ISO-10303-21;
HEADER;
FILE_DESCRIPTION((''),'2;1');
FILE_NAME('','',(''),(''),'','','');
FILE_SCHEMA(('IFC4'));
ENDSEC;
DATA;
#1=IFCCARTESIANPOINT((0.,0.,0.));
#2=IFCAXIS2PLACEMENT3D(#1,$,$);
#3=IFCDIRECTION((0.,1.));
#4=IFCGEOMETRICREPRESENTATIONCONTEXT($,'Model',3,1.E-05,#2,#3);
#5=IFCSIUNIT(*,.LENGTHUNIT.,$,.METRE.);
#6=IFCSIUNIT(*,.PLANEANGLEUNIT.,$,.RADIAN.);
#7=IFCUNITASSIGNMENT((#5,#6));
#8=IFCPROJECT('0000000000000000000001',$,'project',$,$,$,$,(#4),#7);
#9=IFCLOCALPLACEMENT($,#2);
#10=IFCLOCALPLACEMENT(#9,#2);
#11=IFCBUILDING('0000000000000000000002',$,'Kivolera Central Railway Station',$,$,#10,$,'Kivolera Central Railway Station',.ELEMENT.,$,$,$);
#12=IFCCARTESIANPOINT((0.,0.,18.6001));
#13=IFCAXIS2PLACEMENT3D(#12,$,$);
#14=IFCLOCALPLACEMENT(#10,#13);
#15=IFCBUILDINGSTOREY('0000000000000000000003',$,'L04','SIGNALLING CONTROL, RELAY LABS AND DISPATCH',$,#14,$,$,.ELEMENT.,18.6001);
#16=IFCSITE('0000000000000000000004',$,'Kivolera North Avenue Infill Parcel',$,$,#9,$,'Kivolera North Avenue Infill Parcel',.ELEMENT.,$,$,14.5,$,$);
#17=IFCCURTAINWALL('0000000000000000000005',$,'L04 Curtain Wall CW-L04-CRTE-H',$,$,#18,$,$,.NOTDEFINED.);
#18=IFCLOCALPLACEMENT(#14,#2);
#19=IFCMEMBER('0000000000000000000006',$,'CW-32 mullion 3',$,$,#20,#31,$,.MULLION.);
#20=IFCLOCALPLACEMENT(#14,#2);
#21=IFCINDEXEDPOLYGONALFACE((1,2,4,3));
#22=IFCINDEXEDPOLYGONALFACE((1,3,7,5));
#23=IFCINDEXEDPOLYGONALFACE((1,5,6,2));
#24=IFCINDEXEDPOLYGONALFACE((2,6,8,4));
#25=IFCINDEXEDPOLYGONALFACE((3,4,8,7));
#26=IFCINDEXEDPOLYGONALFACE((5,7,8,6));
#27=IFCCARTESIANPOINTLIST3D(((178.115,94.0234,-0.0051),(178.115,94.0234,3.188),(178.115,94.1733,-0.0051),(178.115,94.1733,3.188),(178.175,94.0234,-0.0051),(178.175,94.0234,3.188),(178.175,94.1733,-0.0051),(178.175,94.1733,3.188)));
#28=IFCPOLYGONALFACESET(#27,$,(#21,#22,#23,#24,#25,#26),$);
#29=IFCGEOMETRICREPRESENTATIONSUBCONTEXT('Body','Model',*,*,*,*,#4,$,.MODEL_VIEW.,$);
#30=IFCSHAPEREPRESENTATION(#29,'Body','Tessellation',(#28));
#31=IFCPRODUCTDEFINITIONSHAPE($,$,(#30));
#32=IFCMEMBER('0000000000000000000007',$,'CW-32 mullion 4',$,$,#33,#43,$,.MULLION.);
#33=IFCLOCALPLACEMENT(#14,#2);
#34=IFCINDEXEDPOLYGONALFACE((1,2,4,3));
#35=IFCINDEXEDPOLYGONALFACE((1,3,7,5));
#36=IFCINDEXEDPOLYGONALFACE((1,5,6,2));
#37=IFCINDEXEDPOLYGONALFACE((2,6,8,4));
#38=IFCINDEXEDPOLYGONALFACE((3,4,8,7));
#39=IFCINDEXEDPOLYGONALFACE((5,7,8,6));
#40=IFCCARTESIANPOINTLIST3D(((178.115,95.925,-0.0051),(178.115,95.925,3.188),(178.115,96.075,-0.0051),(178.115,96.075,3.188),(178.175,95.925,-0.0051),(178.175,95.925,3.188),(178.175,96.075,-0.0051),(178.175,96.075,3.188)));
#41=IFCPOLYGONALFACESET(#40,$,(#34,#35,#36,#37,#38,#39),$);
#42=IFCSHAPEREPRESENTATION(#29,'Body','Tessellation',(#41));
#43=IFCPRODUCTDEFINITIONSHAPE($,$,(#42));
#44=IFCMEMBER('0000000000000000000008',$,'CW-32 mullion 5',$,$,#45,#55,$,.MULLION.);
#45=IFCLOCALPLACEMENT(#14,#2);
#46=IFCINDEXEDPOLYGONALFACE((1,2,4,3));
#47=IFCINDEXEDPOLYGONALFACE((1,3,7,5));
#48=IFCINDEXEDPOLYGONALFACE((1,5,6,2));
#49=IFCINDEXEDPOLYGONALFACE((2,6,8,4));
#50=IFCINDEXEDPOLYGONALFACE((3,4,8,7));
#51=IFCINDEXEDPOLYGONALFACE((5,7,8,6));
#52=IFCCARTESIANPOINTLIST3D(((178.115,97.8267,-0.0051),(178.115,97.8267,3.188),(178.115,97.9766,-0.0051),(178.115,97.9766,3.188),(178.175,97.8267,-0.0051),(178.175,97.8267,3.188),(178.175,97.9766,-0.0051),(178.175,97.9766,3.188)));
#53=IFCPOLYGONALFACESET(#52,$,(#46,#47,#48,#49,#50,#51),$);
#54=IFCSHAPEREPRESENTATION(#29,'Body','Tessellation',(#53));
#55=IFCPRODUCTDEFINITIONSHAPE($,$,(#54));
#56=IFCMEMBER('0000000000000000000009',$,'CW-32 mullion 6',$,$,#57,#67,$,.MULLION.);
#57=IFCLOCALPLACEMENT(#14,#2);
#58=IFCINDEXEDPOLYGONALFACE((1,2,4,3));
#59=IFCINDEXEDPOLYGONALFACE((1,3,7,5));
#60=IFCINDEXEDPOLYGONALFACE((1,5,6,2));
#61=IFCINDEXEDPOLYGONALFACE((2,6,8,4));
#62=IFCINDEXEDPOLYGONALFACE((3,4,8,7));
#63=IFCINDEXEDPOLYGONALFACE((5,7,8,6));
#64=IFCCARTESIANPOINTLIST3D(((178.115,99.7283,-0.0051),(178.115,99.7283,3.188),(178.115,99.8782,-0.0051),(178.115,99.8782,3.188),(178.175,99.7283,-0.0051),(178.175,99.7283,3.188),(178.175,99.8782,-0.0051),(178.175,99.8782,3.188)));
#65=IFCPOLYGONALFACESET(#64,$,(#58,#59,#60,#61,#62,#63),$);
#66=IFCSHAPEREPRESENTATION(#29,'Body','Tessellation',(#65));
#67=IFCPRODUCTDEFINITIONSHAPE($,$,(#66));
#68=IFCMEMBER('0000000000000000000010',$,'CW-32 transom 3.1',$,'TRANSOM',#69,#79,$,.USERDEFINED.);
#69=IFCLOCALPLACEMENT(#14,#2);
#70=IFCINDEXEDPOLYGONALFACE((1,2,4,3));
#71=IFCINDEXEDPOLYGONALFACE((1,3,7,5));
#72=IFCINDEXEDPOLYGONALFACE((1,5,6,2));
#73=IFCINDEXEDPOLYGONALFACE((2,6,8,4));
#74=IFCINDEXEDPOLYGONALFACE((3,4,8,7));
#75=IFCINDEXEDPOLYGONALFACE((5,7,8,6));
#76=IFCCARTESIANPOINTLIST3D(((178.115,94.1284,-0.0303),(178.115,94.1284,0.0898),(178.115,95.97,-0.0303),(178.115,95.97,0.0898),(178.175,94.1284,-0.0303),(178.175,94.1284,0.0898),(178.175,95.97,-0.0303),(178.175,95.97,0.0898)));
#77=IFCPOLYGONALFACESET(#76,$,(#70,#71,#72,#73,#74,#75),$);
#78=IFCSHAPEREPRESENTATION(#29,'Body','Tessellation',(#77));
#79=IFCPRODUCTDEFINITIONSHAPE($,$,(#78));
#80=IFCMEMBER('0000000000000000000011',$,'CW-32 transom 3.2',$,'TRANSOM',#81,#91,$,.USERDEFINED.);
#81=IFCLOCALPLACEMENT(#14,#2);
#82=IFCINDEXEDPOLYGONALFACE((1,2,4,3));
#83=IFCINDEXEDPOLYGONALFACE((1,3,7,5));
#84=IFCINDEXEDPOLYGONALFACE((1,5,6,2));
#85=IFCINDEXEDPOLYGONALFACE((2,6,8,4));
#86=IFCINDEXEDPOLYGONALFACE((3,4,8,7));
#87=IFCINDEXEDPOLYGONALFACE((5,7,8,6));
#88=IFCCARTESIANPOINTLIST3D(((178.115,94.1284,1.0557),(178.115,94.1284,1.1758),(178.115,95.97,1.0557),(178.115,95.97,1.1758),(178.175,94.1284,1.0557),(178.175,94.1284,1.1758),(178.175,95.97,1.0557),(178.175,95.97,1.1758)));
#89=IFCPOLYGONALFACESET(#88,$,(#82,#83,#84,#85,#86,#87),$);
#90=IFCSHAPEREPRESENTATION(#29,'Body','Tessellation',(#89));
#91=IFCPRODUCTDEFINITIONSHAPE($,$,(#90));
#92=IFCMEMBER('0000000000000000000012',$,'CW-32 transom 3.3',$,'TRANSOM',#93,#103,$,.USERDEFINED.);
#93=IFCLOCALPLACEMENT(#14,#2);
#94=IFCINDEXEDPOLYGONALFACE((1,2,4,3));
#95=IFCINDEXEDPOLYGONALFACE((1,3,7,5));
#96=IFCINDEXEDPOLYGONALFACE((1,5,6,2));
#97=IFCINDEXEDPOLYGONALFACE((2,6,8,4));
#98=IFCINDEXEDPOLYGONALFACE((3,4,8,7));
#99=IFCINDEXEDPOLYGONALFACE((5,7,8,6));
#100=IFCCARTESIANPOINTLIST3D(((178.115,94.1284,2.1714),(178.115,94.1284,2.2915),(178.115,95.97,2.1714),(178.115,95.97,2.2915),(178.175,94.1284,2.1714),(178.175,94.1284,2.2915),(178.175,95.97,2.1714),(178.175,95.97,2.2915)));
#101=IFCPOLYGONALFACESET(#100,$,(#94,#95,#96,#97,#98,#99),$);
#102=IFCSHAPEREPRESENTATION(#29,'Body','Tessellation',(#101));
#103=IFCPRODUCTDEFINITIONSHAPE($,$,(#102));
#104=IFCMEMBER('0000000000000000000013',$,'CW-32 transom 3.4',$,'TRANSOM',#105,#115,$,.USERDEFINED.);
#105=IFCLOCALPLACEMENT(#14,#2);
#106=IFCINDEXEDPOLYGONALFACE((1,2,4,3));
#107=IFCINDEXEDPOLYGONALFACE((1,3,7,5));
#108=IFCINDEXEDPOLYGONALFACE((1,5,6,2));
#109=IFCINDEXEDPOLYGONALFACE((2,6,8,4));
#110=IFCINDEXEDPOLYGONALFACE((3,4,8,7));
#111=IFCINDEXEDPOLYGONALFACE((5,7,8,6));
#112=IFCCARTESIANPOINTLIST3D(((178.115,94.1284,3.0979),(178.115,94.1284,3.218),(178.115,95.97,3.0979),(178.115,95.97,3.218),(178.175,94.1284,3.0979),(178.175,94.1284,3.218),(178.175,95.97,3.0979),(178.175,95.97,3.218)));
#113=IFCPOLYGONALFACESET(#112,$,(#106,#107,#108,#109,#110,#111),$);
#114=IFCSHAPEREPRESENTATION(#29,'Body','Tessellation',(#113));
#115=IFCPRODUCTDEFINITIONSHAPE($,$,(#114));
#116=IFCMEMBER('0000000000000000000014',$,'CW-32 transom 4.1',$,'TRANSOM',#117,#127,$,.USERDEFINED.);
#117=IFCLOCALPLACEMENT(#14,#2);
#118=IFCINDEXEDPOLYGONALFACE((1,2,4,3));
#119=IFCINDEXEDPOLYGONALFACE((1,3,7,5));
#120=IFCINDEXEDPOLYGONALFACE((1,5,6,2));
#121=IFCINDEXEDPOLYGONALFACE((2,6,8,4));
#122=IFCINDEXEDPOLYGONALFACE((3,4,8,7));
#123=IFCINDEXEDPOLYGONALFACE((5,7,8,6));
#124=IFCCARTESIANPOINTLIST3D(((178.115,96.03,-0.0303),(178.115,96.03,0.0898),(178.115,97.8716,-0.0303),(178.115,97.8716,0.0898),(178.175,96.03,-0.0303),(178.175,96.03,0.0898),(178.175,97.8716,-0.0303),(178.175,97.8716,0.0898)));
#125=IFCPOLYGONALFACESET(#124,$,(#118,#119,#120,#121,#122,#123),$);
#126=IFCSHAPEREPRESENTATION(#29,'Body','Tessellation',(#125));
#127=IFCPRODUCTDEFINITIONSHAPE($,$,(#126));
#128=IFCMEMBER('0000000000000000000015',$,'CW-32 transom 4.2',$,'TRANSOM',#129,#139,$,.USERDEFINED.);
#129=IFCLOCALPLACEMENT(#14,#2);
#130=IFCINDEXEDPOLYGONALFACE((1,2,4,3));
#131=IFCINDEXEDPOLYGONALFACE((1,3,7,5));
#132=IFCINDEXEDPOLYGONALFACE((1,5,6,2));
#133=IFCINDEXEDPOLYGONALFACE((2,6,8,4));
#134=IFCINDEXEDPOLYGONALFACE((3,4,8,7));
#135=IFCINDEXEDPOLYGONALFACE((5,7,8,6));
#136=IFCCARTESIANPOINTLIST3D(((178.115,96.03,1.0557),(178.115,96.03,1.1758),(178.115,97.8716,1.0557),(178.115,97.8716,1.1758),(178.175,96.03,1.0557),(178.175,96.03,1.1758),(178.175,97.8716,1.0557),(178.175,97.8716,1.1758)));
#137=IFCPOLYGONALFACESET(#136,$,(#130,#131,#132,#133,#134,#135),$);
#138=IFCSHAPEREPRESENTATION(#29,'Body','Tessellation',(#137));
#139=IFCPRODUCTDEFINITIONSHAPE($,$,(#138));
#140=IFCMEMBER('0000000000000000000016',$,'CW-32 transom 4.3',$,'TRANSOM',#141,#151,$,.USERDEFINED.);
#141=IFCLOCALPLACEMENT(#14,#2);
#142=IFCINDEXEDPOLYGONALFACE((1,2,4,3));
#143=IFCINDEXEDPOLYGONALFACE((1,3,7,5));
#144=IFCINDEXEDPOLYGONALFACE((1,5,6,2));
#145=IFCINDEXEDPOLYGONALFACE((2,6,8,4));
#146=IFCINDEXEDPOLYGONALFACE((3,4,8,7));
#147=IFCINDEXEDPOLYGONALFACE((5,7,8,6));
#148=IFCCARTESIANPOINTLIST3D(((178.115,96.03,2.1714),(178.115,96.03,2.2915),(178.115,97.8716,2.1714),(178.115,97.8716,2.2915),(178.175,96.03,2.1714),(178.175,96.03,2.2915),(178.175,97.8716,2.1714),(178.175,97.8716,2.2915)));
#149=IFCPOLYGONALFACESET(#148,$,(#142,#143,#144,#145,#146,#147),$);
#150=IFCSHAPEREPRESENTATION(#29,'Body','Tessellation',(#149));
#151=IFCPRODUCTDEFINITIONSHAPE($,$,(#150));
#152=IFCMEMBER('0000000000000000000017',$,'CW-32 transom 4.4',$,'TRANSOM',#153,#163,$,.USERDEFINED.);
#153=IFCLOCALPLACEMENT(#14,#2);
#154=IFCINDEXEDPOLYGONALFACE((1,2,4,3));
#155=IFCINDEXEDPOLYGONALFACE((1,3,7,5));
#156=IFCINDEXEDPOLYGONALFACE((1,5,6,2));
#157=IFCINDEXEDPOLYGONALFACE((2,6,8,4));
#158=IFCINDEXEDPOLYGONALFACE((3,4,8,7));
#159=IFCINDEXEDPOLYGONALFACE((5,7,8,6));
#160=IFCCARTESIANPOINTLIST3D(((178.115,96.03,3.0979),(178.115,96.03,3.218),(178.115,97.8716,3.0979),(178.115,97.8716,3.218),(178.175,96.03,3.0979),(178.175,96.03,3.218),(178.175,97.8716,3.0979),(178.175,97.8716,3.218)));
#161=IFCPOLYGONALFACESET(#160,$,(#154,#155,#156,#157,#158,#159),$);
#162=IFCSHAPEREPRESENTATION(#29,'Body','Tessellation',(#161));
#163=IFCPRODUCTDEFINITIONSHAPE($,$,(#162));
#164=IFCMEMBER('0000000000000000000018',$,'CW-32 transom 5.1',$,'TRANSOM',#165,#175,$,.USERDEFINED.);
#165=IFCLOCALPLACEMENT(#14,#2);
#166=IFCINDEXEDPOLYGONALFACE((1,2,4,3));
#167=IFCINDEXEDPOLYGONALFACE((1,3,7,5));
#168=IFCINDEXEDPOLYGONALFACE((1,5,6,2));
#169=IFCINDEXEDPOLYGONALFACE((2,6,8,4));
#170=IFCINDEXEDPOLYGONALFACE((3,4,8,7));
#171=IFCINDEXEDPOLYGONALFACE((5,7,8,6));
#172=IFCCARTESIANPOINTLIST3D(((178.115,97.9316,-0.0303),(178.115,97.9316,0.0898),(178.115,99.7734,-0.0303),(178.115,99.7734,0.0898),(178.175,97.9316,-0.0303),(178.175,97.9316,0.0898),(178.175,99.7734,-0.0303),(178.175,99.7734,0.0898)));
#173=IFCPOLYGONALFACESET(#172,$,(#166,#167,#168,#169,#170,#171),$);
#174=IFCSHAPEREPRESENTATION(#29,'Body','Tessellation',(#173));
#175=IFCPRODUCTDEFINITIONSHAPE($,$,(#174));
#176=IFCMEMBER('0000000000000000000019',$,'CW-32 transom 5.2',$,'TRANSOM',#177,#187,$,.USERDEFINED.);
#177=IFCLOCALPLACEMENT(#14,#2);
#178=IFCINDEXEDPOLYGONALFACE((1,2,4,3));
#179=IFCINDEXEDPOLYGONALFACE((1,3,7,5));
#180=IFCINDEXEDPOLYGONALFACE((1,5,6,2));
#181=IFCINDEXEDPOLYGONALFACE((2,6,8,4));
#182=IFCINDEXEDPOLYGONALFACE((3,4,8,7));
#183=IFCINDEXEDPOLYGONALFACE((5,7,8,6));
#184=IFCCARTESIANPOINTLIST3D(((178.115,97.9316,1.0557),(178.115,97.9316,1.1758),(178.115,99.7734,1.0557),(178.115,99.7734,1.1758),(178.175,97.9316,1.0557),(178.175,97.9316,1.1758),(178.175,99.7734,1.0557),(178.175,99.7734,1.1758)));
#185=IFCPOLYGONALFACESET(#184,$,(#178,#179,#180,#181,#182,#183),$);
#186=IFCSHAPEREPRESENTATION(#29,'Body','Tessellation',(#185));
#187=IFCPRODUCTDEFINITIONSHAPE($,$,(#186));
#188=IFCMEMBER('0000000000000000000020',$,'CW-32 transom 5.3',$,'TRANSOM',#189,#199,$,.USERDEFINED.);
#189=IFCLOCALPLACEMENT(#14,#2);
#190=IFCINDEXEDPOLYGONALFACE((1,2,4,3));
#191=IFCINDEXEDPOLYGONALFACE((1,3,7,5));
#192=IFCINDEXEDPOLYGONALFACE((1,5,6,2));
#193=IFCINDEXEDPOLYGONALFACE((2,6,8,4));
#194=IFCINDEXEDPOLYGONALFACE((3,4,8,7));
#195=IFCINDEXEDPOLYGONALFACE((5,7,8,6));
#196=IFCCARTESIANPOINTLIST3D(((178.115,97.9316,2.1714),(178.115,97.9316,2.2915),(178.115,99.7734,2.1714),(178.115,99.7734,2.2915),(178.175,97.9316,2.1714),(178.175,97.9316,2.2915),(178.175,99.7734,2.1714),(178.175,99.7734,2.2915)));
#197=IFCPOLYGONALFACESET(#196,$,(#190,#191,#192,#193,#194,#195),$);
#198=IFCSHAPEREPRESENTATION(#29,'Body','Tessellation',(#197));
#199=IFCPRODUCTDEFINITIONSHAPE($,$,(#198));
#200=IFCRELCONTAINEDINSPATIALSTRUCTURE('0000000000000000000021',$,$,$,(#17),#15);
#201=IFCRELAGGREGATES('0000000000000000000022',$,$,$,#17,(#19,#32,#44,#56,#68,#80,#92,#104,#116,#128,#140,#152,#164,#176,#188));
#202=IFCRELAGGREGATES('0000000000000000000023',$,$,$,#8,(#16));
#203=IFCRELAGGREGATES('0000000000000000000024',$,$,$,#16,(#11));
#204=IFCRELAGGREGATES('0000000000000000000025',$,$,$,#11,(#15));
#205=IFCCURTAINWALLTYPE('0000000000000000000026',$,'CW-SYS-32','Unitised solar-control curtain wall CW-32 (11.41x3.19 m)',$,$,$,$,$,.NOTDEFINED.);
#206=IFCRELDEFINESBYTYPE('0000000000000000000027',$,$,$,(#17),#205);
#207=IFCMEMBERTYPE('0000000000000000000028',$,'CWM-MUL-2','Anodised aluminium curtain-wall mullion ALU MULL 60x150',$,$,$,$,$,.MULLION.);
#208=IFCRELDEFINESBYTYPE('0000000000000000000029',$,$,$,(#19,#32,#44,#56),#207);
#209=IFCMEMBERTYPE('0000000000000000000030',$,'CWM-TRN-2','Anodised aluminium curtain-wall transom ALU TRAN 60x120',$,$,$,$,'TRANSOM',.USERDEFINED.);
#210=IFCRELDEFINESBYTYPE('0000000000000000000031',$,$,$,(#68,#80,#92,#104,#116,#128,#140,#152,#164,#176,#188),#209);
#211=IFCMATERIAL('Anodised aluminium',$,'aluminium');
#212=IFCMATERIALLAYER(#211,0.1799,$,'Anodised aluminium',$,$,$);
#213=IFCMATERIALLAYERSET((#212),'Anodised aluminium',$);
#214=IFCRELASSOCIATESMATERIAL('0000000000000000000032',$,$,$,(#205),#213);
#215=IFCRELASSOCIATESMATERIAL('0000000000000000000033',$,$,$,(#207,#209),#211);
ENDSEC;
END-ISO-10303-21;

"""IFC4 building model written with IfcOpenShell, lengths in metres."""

from ifc_helpers import new_model, si_unit, direction, frame, origin, origin_2d, place, context, subcontext, project, spatial, rectangle, extrude, material, layer, layer_set, material_profile, profile_set, type_object, element, aggregate, save


model = new_model("IFC4")

# Units and contexts
model_context = context("Model", 3, precision=1e-05, world=origin(), true_north=direction((0.0, 1.0)))
body_context = subcontext(model_context, "Body", "Model", "MODEL_VIEW")
ifc_project = project(units=[si_unit("LENGTHUNIT", "METRE"), si_unit("PLANEANGLEUNIT", "RADIAN")], contexts=[model_context])

# Site, building, storey
site_placement = place(None, origin())
site = spatial("IfcSite", under=ifc_project, at=site_placement, Name="Kivolera North Avenue Infill Parcel", LongName="Kivolera North Avenue Infill Parcel", CompositionType="ELEMENT", RefElevation=14.5)
building_placement = place(site_placement, origin())
building = spatial("IfcBuilding", under=site, at=building_placement, Name="Kivolera Central Railway Station", LongName="Kivolera Central Railway Station", CompositionType="ELEMENT")
storey_placement = place(building_placement, frame((0.0, 0.0, 18.6001)))
storey = spatial("IfcBuildingStorey", under=building, at=storey_placement, Name="L04", Description="SIGNALLING CONTROL, RELAY LABS AND DISPATCH", CompositionType="ELEMENT", Elevation=18.6001)

# Curtain wall, members
ifc_material_1 = material(Name="Anodised aluminium", Category="aluminium")
ifc_layer_1 = layer(ifc_material_1, 0.1799, Name="Anodised aluminium")
ifc_layer_set_1 = layer_set([ifc_layer_1], Name="Anodised aluminium")
curtain_wall_type = type_object("IfcCurtainWallType", Name="CW-SYS-32", Description="Unitised solar-control curtain wall CW-32 (11.41x3.19 m)", PredefinedType="NOTDEFINED", material=ifc_layer_set_1)
curtain_wall_placement = place(storey_placement, origin())
curtain_wall = element("IfcCurtainWall", 1, at=curtain_wall_placement, inside=storey, type_object=curtain_wall_type, Name="L04 Curtain Wall CW-L04-CRTE-H", PredefinedType="NOTDEFINED")
ifc_material_profile_1 = material_profile(ifc_material_1, rectangle(XDim=0.0601, YDim=0.1499, at=origin_2d()), Name="ALU MULL 60x150")
ifc_profile_set_1 = profile_set([ifc_material_profile_1], Name="Anodised aluminium")
member_type_1 = type_object("IfcMemberType", Name="CWM-MUL-2", Description="Anodised aluminium curtain-wall mullion ALU MULL 60x150", PredefinedType="MULLION", material=ifc_profile_set_1)
member_1_placement = place(storey_placement, frame((178.145, 94.0984, -0.0051), z_axis=(0.0, 0.0, 1.0), x_axis=(-1.0, 0.0, 0.0)))
member_1 = element("IfcMember", 2, at=member_1_placement, type_object=member_type_1, Name="CW-32 mullion 3", PredefinedType="MULLION", context=body_context, shape_type="SweptSolid", body=[
    extrude(rectangle(XDim=0.0601, YDim=0.1499, at=origin_2d()), origin(), (0.0, 0.0, 1.0), 3.1931),
])
member_2_placement = place(storey_placement, frame((178.145, 96.0, -0.0051), z_axis=(0.0, 0.0, 1.0), x_axis=(-1.0, 0.0, 0.0)))
member_2 = element("IfcMember", 3, at=member_2_placement, type_object=member_type_1, Name="CW-32 mullion 4", PredefinedType="MULLION", context=body_context, shape_type="SweptSolid", body=[
    extrude(rectangle(XDim=0.0601, YDim=0.1499, at=origin_2d()), origin(), (0.0, 0.0, 1.0), 3.1931),
])
member_3_placement = place(storey_placement, frame((178.145, 97.9016, -0.0051), z_axis=(0.0, 0.0, 1.0), x_axis=(-1.0, 0.0, 0.0)))
member_3 = element("IfcMember", 4, at=member_3_placement, type_object=member_type_1, Name="CW-32 mullion 5", PredefinedType="MULLION", context=body_context, shape_type="SweptSolid", body=[
    extrude(rectangle(XDim=0.0601, YDim=0.1499, at=origin_2d()), origin(), (0.0, 0.0, 1.0), 3.1931),
])
member_4_placement = place(storey_placement, frame((178.145, 99.8032, -0.0051), z_axis=(0.0, 0.0, 1.0), x_axis=(-1.0, 0.0, 0.0)))
member_4 = element("IfcMember", 5, at=member_4_placement, type_object=member_type_1, Name="CW-32 mullion 6", PredefinedType="MULLION", context=body_context, shape_type="SweptSolid", body=[
    extrude(rectangle(XDim=0.0601, YDim=0.1499, at=origin_2d()), origin(), (0.0, 0.0, 1.0), 3.1931),
])
ifc_material_profile_2 = material_profile(ifc_material_1, rectangle(XDim=0.0601, YDim=0.1201, at=origin_2d()), Name="ALU TRAN 60x120")
ifc_profile_set_2 = profile_set([ifc_material_profile_2], Name="Anodised aluminium")
member_type_2 = type_object("IfcMemberType", Name="CWM-TRN-2", Description="Anodised aluminium curtain-wall transom ALU TRAN 60x120", ElementType="TRANSOM", PredefinedType="USERDEFINED", material=ifc_profile_set_2)
member_5_placement = place(storey_placement, frame((178.145, 94.1284, 0.0298), z_axis=(0.0, 1.0, 0.0), x_axis=(-1.0, 0.0, 0.0)))
member_5 = element("IfcMember", 6, at=member_5_placement, type_object=member_type_2, Name="CW-32 transom 3.1", ObjectType="TRANSOM", PredefinedType="USERDEFINED", context=body_context, shape_type="SweptSolid", body=[
    extrude(rectangle(XDim=0.0601, YDim=0.1201, at=origin_2d()), origin(), (0.0, 0.0, 1.0), 1.8416),
])
member_6_placement = place(storey_placement, frame((178.145, 94.1284, 1.1157), z_axis=(0.0, 1.0, 0.0), x_axis=(-1.0, 0.0, 0.0)))
member_6 = element("IfcMember", 7, at=member_6_placement, type_object=member_type_2, Name="CW-32 transom 3.2", ObjectType="TRANSOM", PredefinedType="USERDEFINED", context=body_context, shape_type="SweptSolid", body=[
    extrude(rectangle(XDim=0.0601, YDim=0.1201, at=origin_2d()), origin(), (0.0, 0.0, 1.0), 1.8416),
])
member_7_placement = place(storey_placement, frame((178.145, 94.1284, 2.2314), z_axis=(0.0, 1.0, 0.0), x_axis=(-1.0, 0.0, 0.0)))
member_7 = element("IfcMember", 8, at=member_7_placement, type_object=member_type_2, Name="CW-32 transom 3.3", ObjectType="TRANSOM", PredefinedType="USERDEFINED", context=body_context, shape_type="SweptSolid", body=[
    extrude(rectangle(XDim=0.0601, YDim=0.1201, at=origin_2d()), origin(), (0.0, 0.0, 1.0), 1.8416),
])
member_8_placement = place(storey_placement, frame((178.145, 94.1284, 3.158), z_axis=(0.0, 1.0, 0.0), x_axis=(-1.0, 0.0, 0.0)))
member_8 = element("IfcMember", 9, at=member_8_placement, type_object=member_type_2, Name="CW-32 transom 3.4", ObjectType="TRANSOM", PredefinedType="USERDEFINED", context=body_context, shape_type="SweptSolid", body=[
    extrude(rectangle(XDim=0.0601, YDim=0.1201, at=origin_2d()), origin(), (0.0, 0.0, 1.0), 1.8416),
])
member_9_placement = place(storey_placement, frame((178.145, 96.03, 0.0298), z_axis=(0.0, 1.0, 0.0), x_axis=(-1.0, 0.0, 0.0)))
member_9 = element("IfcMember", 10, at=member_9_placement, type_object=member_type_2, Name="CW-32 transom 4.1", ObjectType="TRANSOM", PredefinedType="USERDEFINED", context=body_context, shape_type="SweptSolid", body=[
    extrude(rectangle(XDim=0.0601, YDim=0.1201, at=origin_2d()), origin(), (0.0, 0.0, 1.0), 1.8416),
])
member_10_placement = place(storey_placement, frame((178.145, 96.03, 1.1157), z_axis=(0.0, 1.0, 0.0), x_axis=(-1.0, 0.0, 0.0)))
member_10 = element("IfcMember", 11, at=member_10_placement, type_object=member_type_2, Name="CW-32 transom 4.2", ObjectType="TRANSOM", PredefinedType="USERDEFINED", context=body_context, shape_type="SweptSolid", body=[
    extrude(rectangle(XDim=0.0601, YDim=0.1201, at=origin_2d()), origin(), (0.0, 0.0, 1.0), 1.8416),
])
member_11_placement = place(storey_placement, frame((178.145, 96.03, 2.2314), z_axis=(0.0, 1.0, 0.0), x_axis=(-1.0, 0.0, 0.0)))
member_11 = element("IfcMember", 12, at=member_11_placement, type_object=member_type_2, Name="CW-32 transom 4.3", ObjectType="TRANSOM", PredefinedType="USERDEFINED", context=body_context, shape_type="SweptSolid", body=[
    extrude(rectangle(XDim=0.0601, YDim=0.1201, at=origin_2d()), origin(), (0.0, 0.0, 1.0), 1.8416),
])
member_12_placement = place(storey_placement, frame((178.145, 96.03, 3.158), z_axis=(0.0, 1.0, 0.0), x_axis=(-1.0, 0.0, 0.0)))
member_12 = element("IfcMember", 13, at=member_12_placement, type_object=member_type_2, Name="CW-32 transom 4.4", ObjectType="TRANSOM", PredefinedType="USERDEFINED", context=body_context, shape_type="SweptSolid", body=[
    extrude(rectangle(XDim=0.0601, YDim=0.1201, at=origin_2d()), origin(), (0.0, 0.0, 1.0), 1.8416),
])
member_13_placement = place(storey_placement, frame((178.145, 97.9316, 0.0298), z_axis=(0.0, 1.0, 0.0), x_axis=(-1.0, 0.0, 0.0)))
member_13 = element("IfcMember", 14, at=member_13_placement, type_object=member_type_2, Name="CW-32 transom 5.1", ObjectType="TRANSOM", PredefinedType="USERDEFINED", context=body_context, shape_type="SweptSolid", body=[
    extrude(rectangle(XDim=0.0601, YDim=0.1201, at=origin_2d()), origin(), (0.0, 0.0, 1.0), 1.8418),
])
member_14_placement = place(storey_placement, frame((178.145, 97.9316, 1.1157), z_axis=(0.0, 1.0, 0.0), x_axis=(-1.0, 0.0, 0.0)))
member_14 = element("IfcMember", 15, at=member_14_placement, type_object=member_type_2, Name="CW-32 transom 5.2", ObjectType="TRANSOM", PredefinedType="USERDEFINED", context=body_context, shape_type="SweptSolid", body=[
    extrude(rectangle(XDim=0.0601, YDim=0.1201, at=origin_2d()), origin(), (0.0, 0.0, 1.0), 1.8418),
])
member_15_placement = place(storey_placement, frame((178.145, 97.9316, 2.2314), z_axis=(0.0, 1.0, 0.0), x_axis=(-1.0, 0.0, 0.0)))
member_15 = element("IfcMember", 16, at=member_15_placement, type_object=member_type_2, Name="CW-32 transom 5.3", ObjectType="TRANSOM", PredefinedType="USERDEFINED", context=body_context, shape_type="SweptSolid", body=[
    extrude(rectangle(XDim=0.0601, YDim=0.1201, at=origin_2d()), origin(), (0.0, 0.0, 1.0), 1.8418),
])
aggregate(curtain_wall, [member_1, member_2, member_3, member_4, member_5, member_6, member_7, member_8, member_9, member_10, member_11, member_12, member_13, member_14, member_15])

save(model, "model.ifc")
